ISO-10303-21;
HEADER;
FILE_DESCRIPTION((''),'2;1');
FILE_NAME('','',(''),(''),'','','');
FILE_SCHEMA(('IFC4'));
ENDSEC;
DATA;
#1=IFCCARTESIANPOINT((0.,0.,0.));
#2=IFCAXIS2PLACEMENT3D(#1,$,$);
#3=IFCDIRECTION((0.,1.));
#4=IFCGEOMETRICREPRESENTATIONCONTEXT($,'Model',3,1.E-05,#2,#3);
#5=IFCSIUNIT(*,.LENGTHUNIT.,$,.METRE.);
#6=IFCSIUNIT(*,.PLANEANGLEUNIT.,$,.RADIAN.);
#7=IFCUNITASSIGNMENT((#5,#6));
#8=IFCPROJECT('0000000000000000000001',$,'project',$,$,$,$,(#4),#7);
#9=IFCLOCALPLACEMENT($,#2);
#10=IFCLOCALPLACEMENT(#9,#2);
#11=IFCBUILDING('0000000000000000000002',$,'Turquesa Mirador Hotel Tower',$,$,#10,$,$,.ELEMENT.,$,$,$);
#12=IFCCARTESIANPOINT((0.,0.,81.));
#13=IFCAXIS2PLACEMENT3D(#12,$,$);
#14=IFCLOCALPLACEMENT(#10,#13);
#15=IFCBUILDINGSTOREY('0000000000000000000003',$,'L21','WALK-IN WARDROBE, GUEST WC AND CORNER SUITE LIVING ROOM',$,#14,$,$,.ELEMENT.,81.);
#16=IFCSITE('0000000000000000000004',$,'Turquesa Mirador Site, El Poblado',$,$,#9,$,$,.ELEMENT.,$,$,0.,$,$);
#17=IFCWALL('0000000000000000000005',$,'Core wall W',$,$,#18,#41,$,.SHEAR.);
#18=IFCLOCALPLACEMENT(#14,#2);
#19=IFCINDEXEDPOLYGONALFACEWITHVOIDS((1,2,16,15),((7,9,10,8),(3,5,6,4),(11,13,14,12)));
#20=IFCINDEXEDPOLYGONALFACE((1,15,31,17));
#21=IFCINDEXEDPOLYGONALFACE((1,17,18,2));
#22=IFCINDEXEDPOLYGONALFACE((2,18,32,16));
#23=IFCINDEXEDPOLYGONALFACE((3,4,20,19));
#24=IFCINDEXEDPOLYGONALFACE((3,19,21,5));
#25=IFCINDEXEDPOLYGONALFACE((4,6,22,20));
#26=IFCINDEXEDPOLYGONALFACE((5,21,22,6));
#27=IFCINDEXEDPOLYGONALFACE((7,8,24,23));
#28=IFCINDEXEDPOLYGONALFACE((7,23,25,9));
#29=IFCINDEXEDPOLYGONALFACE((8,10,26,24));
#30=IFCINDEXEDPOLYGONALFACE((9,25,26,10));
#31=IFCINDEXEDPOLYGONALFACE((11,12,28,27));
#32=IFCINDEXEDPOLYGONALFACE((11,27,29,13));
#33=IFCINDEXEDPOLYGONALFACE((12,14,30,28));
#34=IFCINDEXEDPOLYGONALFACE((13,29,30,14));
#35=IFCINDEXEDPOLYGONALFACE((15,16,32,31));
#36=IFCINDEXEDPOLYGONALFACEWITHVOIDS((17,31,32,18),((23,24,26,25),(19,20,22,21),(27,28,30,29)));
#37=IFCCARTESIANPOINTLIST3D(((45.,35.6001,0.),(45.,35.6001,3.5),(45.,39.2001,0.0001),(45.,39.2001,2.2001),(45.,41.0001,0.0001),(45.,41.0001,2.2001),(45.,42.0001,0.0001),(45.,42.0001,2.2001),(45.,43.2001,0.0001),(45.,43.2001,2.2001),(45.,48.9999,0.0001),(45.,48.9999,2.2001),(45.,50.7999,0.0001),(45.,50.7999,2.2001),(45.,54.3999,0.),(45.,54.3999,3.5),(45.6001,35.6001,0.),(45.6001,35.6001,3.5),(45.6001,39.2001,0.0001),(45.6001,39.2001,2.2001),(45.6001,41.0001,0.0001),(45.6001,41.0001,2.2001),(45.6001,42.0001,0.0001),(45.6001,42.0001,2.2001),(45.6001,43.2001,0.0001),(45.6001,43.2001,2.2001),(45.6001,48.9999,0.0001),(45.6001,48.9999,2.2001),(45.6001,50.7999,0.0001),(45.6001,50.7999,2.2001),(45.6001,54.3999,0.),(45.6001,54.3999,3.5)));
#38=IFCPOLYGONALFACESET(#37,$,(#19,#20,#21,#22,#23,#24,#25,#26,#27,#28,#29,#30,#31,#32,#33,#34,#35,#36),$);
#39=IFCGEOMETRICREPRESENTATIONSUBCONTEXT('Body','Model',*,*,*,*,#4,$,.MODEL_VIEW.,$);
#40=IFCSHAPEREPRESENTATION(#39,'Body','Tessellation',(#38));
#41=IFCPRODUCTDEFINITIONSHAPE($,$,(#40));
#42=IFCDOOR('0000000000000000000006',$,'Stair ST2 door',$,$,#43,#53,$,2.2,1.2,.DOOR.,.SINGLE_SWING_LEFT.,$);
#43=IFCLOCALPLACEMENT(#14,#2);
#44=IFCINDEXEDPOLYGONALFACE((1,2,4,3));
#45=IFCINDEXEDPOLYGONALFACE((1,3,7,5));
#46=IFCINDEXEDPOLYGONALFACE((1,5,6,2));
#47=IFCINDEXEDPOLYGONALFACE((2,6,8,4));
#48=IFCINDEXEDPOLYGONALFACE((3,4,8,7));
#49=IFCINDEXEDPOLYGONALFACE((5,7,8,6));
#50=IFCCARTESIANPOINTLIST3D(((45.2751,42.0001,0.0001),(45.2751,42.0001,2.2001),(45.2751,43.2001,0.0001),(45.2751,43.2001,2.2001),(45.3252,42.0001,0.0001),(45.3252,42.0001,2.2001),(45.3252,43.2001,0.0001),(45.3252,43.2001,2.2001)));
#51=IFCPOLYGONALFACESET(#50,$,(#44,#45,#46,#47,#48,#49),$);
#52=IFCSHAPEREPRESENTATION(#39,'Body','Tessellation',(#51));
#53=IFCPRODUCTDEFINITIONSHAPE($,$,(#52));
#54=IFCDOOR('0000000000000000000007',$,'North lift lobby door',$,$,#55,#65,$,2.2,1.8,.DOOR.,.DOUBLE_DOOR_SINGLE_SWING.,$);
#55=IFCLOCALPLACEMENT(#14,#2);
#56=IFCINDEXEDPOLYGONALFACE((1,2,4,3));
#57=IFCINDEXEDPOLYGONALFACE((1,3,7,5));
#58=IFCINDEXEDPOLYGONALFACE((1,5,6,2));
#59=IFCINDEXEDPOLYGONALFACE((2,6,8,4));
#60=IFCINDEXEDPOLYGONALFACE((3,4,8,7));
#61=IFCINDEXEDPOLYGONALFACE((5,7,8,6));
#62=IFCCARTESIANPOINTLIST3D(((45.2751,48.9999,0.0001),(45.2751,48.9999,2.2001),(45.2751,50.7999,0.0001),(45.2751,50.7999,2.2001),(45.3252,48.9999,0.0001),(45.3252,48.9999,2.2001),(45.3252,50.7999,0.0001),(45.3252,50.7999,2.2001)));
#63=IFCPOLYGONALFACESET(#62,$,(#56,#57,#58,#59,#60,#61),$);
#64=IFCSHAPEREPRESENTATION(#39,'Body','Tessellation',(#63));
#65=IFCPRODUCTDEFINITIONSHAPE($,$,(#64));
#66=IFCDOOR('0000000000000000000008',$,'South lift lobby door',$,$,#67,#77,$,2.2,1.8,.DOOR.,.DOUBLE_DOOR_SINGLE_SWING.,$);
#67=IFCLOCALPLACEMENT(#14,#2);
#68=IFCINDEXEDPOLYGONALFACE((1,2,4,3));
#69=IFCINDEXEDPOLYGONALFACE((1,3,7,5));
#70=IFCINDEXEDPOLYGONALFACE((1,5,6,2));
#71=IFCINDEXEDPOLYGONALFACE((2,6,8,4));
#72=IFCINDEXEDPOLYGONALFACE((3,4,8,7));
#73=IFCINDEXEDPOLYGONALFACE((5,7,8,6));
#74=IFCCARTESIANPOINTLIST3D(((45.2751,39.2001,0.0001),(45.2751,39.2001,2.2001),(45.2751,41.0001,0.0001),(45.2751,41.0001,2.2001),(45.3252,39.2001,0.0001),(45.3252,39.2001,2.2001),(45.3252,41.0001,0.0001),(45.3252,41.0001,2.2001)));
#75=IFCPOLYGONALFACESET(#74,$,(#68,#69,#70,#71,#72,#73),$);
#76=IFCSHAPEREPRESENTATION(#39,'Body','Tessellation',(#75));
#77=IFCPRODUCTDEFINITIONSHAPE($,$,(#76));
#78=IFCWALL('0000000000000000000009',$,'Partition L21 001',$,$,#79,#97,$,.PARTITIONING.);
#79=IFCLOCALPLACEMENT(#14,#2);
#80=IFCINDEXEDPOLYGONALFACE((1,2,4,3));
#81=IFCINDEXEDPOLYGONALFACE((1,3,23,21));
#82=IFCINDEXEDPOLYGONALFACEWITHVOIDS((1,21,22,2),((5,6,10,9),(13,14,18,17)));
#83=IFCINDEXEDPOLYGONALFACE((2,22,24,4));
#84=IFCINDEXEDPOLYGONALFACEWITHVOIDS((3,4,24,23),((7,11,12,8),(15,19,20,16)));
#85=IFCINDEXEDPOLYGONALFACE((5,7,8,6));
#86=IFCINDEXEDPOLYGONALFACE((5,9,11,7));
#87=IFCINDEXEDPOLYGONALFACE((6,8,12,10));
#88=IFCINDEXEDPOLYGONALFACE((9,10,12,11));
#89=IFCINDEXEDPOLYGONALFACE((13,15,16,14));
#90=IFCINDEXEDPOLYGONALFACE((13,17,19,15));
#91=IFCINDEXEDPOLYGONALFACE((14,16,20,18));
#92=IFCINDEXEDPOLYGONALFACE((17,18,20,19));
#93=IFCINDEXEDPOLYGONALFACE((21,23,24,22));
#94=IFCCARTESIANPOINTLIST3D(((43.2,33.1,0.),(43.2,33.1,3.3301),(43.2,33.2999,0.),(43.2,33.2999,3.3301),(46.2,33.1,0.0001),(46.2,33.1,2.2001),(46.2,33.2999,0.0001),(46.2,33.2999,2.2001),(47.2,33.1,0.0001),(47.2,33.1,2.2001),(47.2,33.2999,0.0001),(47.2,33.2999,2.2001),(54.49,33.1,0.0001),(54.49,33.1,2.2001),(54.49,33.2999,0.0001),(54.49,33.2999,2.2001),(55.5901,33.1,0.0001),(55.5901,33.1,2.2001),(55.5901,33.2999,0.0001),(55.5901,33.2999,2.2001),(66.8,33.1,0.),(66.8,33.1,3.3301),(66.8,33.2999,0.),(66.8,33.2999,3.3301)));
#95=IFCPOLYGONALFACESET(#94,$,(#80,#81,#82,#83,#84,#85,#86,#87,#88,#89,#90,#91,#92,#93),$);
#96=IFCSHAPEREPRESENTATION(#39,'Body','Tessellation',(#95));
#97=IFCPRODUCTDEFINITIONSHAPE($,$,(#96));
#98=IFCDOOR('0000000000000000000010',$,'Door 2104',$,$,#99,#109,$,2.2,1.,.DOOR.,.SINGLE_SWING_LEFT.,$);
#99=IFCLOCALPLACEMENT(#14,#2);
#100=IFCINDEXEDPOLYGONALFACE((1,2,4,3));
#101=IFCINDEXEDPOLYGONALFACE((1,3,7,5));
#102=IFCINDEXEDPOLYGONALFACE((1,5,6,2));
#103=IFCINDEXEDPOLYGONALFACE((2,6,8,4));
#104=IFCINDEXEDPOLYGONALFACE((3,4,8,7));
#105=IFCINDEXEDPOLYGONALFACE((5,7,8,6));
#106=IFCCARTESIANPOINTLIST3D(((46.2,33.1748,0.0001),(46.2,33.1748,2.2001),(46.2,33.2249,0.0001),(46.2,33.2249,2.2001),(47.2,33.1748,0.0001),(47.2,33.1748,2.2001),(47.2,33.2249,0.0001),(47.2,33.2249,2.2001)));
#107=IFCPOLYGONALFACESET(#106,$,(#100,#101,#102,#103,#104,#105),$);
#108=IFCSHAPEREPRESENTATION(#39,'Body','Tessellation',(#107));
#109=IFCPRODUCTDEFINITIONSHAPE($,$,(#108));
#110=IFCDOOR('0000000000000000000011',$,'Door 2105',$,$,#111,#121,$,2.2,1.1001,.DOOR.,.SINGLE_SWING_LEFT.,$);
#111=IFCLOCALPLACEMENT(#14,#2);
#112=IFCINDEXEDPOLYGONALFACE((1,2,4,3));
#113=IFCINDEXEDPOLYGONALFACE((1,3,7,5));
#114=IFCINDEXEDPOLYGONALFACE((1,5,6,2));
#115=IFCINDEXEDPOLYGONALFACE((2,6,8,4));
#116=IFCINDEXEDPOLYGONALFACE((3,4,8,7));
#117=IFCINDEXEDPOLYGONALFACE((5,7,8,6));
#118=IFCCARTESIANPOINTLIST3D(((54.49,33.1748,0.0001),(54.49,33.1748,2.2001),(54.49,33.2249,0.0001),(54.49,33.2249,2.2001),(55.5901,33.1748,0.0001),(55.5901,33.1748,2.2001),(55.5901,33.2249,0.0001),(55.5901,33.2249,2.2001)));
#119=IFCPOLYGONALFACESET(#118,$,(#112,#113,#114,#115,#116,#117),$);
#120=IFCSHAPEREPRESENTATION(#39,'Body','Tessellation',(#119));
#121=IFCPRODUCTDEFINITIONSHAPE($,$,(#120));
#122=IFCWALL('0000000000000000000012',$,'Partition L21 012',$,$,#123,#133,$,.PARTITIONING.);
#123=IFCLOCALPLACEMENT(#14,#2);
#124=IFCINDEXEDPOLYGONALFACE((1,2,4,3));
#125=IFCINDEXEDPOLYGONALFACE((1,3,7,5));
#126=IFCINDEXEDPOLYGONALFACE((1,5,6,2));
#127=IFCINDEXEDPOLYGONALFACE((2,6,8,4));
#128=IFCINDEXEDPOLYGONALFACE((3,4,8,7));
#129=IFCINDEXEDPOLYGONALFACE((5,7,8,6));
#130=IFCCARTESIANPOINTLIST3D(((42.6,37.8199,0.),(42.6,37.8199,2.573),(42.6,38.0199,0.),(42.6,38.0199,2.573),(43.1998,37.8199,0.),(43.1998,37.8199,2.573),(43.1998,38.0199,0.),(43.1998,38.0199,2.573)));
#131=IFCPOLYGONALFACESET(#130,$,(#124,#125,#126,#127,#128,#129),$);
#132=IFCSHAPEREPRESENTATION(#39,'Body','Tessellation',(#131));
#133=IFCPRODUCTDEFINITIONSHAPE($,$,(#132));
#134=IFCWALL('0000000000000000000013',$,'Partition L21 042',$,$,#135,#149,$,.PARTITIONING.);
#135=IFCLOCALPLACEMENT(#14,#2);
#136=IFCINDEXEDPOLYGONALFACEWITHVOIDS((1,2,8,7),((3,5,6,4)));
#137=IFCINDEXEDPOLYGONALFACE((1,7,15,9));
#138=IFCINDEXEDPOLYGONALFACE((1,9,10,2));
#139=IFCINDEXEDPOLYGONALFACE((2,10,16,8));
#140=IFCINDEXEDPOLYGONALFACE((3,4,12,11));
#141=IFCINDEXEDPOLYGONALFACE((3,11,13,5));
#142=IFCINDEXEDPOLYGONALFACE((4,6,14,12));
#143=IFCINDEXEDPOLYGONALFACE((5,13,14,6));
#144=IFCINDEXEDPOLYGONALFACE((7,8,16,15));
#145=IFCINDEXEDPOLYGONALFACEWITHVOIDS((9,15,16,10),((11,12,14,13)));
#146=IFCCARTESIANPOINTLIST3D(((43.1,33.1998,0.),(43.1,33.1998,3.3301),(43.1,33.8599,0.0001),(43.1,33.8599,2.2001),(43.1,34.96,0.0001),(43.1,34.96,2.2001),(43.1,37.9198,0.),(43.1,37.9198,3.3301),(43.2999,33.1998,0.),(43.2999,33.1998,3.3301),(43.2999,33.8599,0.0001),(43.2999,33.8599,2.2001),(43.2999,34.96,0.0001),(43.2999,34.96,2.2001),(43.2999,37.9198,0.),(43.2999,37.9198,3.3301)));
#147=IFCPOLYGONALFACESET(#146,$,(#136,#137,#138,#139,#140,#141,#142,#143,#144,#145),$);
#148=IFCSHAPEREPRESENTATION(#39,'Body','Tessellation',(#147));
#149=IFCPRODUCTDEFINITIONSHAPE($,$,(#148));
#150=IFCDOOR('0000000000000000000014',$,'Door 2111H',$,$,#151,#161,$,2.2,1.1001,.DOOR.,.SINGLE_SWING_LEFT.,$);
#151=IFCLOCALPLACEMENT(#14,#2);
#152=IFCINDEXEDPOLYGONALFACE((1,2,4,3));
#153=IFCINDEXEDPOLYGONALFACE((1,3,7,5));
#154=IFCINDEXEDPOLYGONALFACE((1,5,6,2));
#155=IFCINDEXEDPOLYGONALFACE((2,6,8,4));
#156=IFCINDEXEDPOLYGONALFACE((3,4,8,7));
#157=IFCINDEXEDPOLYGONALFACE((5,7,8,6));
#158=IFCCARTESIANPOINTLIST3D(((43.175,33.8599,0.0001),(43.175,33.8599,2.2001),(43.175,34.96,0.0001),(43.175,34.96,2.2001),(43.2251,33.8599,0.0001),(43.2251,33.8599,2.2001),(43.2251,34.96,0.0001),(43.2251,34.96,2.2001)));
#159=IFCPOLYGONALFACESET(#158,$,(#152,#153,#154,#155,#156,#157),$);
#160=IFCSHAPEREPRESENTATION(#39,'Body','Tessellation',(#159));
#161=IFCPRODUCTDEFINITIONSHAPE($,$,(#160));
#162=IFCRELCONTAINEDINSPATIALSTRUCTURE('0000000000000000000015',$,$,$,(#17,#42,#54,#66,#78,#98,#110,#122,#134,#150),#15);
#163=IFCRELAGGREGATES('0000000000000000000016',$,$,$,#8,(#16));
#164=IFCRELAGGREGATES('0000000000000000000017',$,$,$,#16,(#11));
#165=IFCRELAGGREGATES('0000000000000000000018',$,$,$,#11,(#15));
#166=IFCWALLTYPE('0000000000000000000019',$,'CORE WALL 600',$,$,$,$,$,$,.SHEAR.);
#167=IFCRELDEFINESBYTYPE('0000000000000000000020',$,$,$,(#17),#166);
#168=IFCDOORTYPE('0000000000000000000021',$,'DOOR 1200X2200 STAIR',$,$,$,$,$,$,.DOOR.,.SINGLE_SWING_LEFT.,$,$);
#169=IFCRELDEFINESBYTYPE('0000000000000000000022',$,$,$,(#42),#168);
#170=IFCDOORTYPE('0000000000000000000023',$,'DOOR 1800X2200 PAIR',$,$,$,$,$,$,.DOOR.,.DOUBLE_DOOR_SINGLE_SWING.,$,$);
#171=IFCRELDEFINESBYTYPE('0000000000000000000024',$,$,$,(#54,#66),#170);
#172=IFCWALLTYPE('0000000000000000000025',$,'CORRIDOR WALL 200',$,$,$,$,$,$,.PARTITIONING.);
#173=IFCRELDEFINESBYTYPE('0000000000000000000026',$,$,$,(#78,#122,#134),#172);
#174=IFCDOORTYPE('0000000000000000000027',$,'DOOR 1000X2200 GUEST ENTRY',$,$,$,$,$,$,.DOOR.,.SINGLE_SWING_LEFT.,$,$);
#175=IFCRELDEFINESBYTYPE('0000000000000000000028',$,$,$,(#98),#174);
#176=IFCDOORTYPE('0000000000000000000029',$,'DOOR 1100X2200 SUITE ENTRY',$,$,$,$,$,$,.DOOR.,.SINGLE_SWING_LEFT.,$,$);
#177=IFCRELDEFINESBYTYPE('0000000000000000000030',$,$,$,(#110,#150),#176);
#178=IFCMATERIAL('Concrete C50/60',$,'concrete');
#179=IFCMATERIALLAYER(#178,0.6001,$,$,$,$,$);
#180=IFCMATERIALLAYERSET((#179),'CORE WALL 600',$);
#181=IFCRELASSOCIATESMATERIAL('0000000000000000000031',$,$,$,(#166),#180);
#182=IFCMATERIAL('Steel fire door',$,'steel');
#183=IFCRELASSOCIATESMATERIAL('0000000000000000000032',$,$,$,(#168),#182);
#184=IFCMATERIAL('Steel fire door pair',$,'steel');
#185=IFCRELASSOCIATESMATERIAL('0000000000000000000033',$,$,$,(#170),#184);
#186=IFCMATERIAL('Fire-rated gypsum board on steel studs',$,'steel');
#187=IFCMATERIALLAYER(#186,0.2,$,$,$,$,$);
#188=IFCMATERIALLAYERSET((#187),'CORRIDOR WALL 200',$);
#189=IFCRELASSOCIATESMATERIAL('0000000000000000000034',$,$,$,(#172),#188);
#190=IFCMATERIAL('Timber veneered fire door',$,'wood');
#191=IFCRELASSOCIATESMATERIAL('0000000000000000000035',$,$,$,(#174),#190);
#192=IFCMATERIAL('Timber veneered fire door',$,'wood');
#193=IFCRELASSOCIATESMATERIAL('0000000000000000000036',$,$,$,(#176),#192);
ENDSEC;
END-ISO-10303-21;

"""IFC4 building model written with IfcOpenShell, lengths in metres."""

from ifc_helpers import new_model, si_unit, direction, frame, frame_2d, origin, place, context, subcontext, project, spatial, rectangle, extrude, material, layer, layer_set, type_object, element, fill, save


model = new_model("IFC4")

# Units and contexts
model_context = context("Model", 3, precision=1e-05, world=origin(), true_north=direction((0.0, 1.0)))
body_context = subcontext(model_context, "Body", "Model", "MODEL_VIEW")
ifc_project = project(units=[si_unit("LENGTHUNIT", "METRE"), si_unit("PLANEANGLEUNIT", "RADIAN")], contexts=[model_context])

# Site, building, storey
site_placement = place(None, origin())
site = spatial("IfcSite", under=ifc_project, at=site_placement, Name="Turquesa Mirador Site, El Poblado", CompositionType="ELEMENT", RefElevation=0.0)
building_placement = place(site_placement, origin())
building = spatial("IfcBuilding", under=site, at=building_placement, Name="Turquesa Mirador Hotel Tower", CompositionType="ELEMENT")
storey_placement = place(building_placement, frame((0.0, 0.0, 81.0)))
storey = spatial("IfcBuildingStorey", under=building, at=storey_placement, Name="L21", Description="WALK-IN WARDROBE, GUEST WC AND CORNER SUITE LIVING ROOM", CompositionType="ELEMENT", Elevation=81.0)

# Shared definitions
ifc_material_1 = material(Name="Concrete C50/60", Category="concrete")
ifc_layer_1 = layer(ifc_material_1, 0.6001)
ifc_layer_set_1 = layer_set([ifc_layer_1], Name="CORE WALL 600")
wall_type_1 = type_object("IfcWallType", Name="CORE WALL 600", PredefinedType="SHEAR", material=ifc_layer_set_1)

# Walls, openings, doors
wall_1_placement = place(storey_placement, frame((45.3, 35.6001, 0.0), z_axis=(0.0, 0.0, 1.0), x_axis=(0.0, 1.0, 0.0)))
wall_1 = element("IfcWall", 1, at=wall_1_placement, inside=storey, type_object=wall_type_1, Name="Core wall W", PredefinedType="SHEAR", context=body_context, shape_type="SweptSolid", body=[
    extrude(rectangle(XDim=18.7998, YDim=0.6001, at=frame_2d((9.3999, 0.0))), origin(), (0.0, 0.0, 1.0), 3.5),
])
opening_1_placement = place(wall_1_placement, frame((13.3999, 0.0, 0.0)))
opening_1 = element("IfcOpeningElement", 2, at=opening_1_placement, cuts=wall_1, PredefinedType="OPENING", context=body_context, shape_type="SweptSolid", body=[
    extrude(rectangle(XDim=1.8, YDim=2.2, at=frame_2d((0.8999, 1.1001))), frame((0.0, 0.3101, 0.0), z_axis=(0.0, -1.0, 0.0), x_axis=(1.0, 0.0, 0.0)), (0.0, 0.0, 1.0), 0.6201),
])
opening_2_placement = place(wall_1_placement, frame((3.6001, 0.0, 0.0)))
opening_2 = element("IfcOpeningElement", 3, at=opening_2_placement, cuts=wall_1, PredefinedType="OPENING", context=body_context, shape_type="SweptSolid", body=[
    extrude(rectangle(XDim=1.8, YDim=2.2, at=frame_2d((0.8999, 1.1001))), frame((0.0, 0.3101, 0.0), z_axis=(0.0, -1.0, 0.0), x_axis=(1.0, 0.0, 0.0)), (0.0, 0.0, 1.0), 0.6201),
])
opening_3_placement = place(wall_1_placement, frame((6.3999, 0.0, 0.0)))
opening_3 = element("IfcOpeningElement", 4, at=opening_3_placement, cuts=wall_1, PredefinedType="OPENING", context=body_context, shape_type="SweptSolid", body=[
    extrude(rectangle(XDim=1.2, YDim=2.2, at=frame_2d((0.6001, 1.1001))), frame((0.0, 0.3101, 0.0), z_axis=(0.0, -1.0, 0.0), x_axis=(1.0, 0.0, 0.0)), (0.0, 0.0, 1.0), 0.6201),
])
ifc_material_2 = material(Name="Steel fire door", Category="steel")
door_type_1 = type_object("IfcDoorType", Name="DOOR 1200X2200 STAIR", OperationType="SINGLE_SWING_LEFT", PredefinedType="DOOR", material=ifc_material_2)
door_1_placement = place(opening_3_placement, origin())
door_1 = element("IfcDoor", 5, at=door_1_placement, inside=storey, type_object=door_type_1, Name="Stair ST2 door", OperationType="SINGLE_SWING_LEFT", OverallHeight=2.2, OverallWidth=1.2, PredefinedType="DOOR", context=body_context, shape_type="SweptSolid", body=[
    extrude(rectangle(XDim=1.2, YDim=2.2, at=frame_2d((0.6001, 1.1001))), frame((0.0, 0.0249, 0.0), z_axis=(0.0, -1.0, 0.0), x_axis=(1.0, 0.0, 0.0)), (0.0, 0.0, 1.0), 0.05),
])
fill(opening_3, door_1)
ifc_material_3 = material(Name="Steel fire door pair", Category="steel")
door_type_2 = type_object("IfcDoorType", Name="DOOR 1800X2200 PAIR", OperationType="DOUBLE_DOOR_SINGLE_SWING", PredefinedType="DOOR", material=ifc_material_3)
door_2_placement = place(opening_1_placement, origin())
door_2 = element("IfcDoor", 6, at=door_2_placement, inside=storey, type_object=door_type_2, Name="North lift lobby door", OperationType="DOUBLE_DOOR_SINGLE_SWING", OverallHeight=2.2, OverallWidth=1.8, PredefinedType="DOOR", context=body_context, shape_type="SweptSolid", body=[
    extrude(rectangle(XDim=1.8, YDim=2.2, at=frame_2d((0.8999, 1.1001))), frame((0.0, 0.0249, 0.0), z_axis=(0.0, -1.0, 0.0), x_axis=(1.0, 0.0, 0.0)), (0.0, 0.0, 1.0), 0.05),
])
fill(opening_1, door_2)
door_3_placement = place(opening_2_placement, origin())
door_3 = element("IfcDoor", 7, at=door_3_placement, inside=storey, type_object=door_type_2, Name="South lift lobby door", OperationType="DOUBLE_DOOR_SINGLE_SWING", OverallHeight=2.2, OverallWidth=1.8, PredefinedType="DOOR", context=body_context, shape_type="SweptSolid", body=[
    extrude(rectangle(XDim=1.8, YDim=2.2, at=frame_2d((0.8999, 1.1001))), frame((0.0, 0.0249, 0.0), z_axis=(0.0, -1.0, 0.0), x_axis=(1.0, 0.0, 0.0)), (0.0, 0.0, 1.0), 0.05),
])
fill(opening_2, door_3)
ifc_material_4 = material(Name="Fire-rated gypsum board on steel studs", Category="steel")
ifc_layer_2 = layer(ifc_material_4, 0.2)
ifc_layer_set_2 = layer_set([ifc_layer_2], Name="CORRIDOR WALL 200")
wall_type_2 = type_object("IfcWallType", Name="CORRIDOR WALL 200", PredefinedType="PARTITIONING", material=ifc_layer_set_2)
wall_2_placement = place(storey_placement, frame((43.2, 33.2, 0.0), z_axis=(0.0, 0.0, 1.0), x_axis=(1.0, 0.0, 0.0)))
wall_2 = element("IfcWall", 8, at=wall_2_placement, inside=storey, type_object=wall_type_2, Name="Partition L21 001", PredefinedType="PARTITIONING", context=body_context, shape_type="SweptSolid", body=[
    extrude(rectangle(XDim=23.6001, YDim=0.2, at=frame_2d((11.8, 0.0))), origin(), (0.0, 0.0, 1.0), 3.3301),
])
opening_4_placement = place(wall_2_placement, frame((3.0, 0.0, 0.0)))
opening_4 = element("IfcOpeningElement", 9, at=opening_4_placement, cuts=wall_2, PredefinedType="OPENING", context=body_context, shape_type="SweptSolid", body=[
    extrude(rectangle(XDim=1.0, YDim=2.2, at=frame_2d((0.5, 1.1001))), frame((0.0, 0.1099, 0.0), z_axis=(0.0, -1.0, 0.0), x_axis=(1.0, 0.0, 0.0)), (0.0, 0.0, 1.0), 0.22),
])
opening_5_placement = place(wall_2_placement, frame((11.29, 0.0, 0.0)))
opening_5 = element("IfcOpeningElement", 10, at=opening_5_placement, cuts=wall_2, PredefinedType="OPENING", context=body_context, shape_type="SweptSolid", body=[
    extrude(rectangle(XDim=1.1001, YDim=2.2, at=frame_2d((0.55, 1.1001))), frame((0.0, 0.1099, 0.0), z_axis=(0.0, -1.0, 0.0), x_axis=(1.0, 0.0, 0.0)), (0.0, 0.0, 1.0), 0.22),
])
ifc_material_5 = material(Name="Timber veneered fire door", Category="wood")
door_type_3 = type_object("IfcDoorType", Name="DOOR 1000X2200 GUEST ENTRY", OperationType="SINGLE_SWING_LEFT", PredefinedType="DOOR", material=ifc_material_5)
door_4_placement = place(opening_4_placement, origin())
door_4 = element("IfcDoor", 11, at=door_4_placement, inside=storey, type_object=door_type_3, Name="Door 2104", OperationType="SINGLE_SWING_LEFT", OverallHeight=2.2, OverallWidth=1.0, PredefinedType="DOOR", context=body_context, shape_type="SweptSolid", body=[
    extrude(rectangle(XDim=1.0, YDim=2.2, at=frame_2d((0.5, 1.1001))), frame((0.0, 0.0249, 0.0), z_axis=(0.0, -1.0, 0.0), x_axis=(1.0, 0.0, 0.0)), (0.0, 0.0, 1.0), 0.05),
])
fill(opening_4, door_4)
ifc_material_6 = material(Name="Timber veneered fire door", Category="wood")
door_type_4 = type_object("IfcDoorType", Name="DOOR 1100X2200 SUITE ENTRY", OperationType="SINGLE_SWING_LEFT", PredefinedType="DOOR", material=ifc_material_6)
door_5_placement = place(opening_5_placement, origin())
door_5 = element("IfcDoor", 12, at=door_5_placement, inside=storey, type_object=door_type_4, Name="Door 2105", OperationType="SINGLE_SWING_LEFT", OverallHeight=2.2, OverallWidth=1.1001, PredefinedType="DOOR", context=body_context, shape_type="SweptSolid", body=[
    extrude(rectangle(XDim=1.1001, YDim=2.2, at=frame_2d((0.55, 1.1001))), frame((0.0, 0.0249, 0.0), z_axis=(0.0, -1.0, 0.0), x_axis=(1.0, 0.0, 0.0)), (0.0, 0.0, 1.0), 0.05),
])
fill(opening_5, door_5)

# Wall
wall_3_placement = place(storey_placement, frame((42.6001, 37.9199, 0.0), z_axis=(0.0, 0.0, 1.0), x_axis=(1.0, 0.0, 0.0)))
element("IfcWall", 13, at=wall_3_placement, inside=storey, type_object=wall_type_2, Name="Partition L21 012", PredefinedType="PARTITIONING", context=body_context, shape_type="SweptSolid", body=[
    extrude(rectangle(XDim=0.5999, YDim=0.2, at=frame_2d((0.2998, 0.0))), origin(), (0.0, 0.0, 1.0), 2.573),
])

# Wall, opening, door
wall_4_placement = place(storey_placement, frame((43.2, 33.2, 0.0), z_axis=(0.0, 0.0, 1.0), x_axis=(0.0, 1.0, 0.0)))
wall_4 = element("IfcWall", 14, at=wall_4_placement, inside=storey, type_object=wall_type_2, Name="Partition L21 042", PredefinedType="PARTITIONING", context=body_context, shape_type="SweptSolid", body=[
    extrude(rectangle(XDim=4.72, YDim=0.2, at=frame_2d((2.3599, 0.0))), origin(), (0.0, 0.0, 1.0), 3.3301),
])
opening_6_placement = place(wall_4_placement, frame((0.6599, 0.0, 0.0)))
opening_6 = element("IfcOpeningElement", 15, at=opening_6_placement, cuts=wall_4, PredefinedType="OPENING", context=body_context, shape_type="SweptSolid", body=[
    extrude(rectangle(XDim=1.1001, YDim=2.2, at=frame_2d((0.55, 1.1001))), frame((0.0, 0.1099, 0.0), z_axis=(0.0, -1.0, 0.0), x_axis=(1.0, 0.0, 0.0)), (0.0, 0.0, 1.0), 0.22),
])
door_6_placement = place(opening_6_placement, origin())
door_6 = element("IfcDoor", 16, at=door_6_placement, inside=storey, type_object=door_type_4, Name="Door 2111H", OperationType="SINGLE_SWING_LEFT", OverallHeight=2.2, OverallWidth=1.1001, PredefinedType="DOOR", context=body_context, shape_type="SweptSolid", body=[
    extrude(rectangle(XDim=1.1001, YDim=2.2, at=frame_2d((0.55, 1.1001))), frame((0.0, 0.0249, 0.0), z_axis=(0.0, -1.0, 0.0), x_axis=(1.0, 0.0, 0.0)), (0.0, 0.0, 1.0), 0.05),
])
fill(opening_6, door_6)

save(model, "model.ifc")
